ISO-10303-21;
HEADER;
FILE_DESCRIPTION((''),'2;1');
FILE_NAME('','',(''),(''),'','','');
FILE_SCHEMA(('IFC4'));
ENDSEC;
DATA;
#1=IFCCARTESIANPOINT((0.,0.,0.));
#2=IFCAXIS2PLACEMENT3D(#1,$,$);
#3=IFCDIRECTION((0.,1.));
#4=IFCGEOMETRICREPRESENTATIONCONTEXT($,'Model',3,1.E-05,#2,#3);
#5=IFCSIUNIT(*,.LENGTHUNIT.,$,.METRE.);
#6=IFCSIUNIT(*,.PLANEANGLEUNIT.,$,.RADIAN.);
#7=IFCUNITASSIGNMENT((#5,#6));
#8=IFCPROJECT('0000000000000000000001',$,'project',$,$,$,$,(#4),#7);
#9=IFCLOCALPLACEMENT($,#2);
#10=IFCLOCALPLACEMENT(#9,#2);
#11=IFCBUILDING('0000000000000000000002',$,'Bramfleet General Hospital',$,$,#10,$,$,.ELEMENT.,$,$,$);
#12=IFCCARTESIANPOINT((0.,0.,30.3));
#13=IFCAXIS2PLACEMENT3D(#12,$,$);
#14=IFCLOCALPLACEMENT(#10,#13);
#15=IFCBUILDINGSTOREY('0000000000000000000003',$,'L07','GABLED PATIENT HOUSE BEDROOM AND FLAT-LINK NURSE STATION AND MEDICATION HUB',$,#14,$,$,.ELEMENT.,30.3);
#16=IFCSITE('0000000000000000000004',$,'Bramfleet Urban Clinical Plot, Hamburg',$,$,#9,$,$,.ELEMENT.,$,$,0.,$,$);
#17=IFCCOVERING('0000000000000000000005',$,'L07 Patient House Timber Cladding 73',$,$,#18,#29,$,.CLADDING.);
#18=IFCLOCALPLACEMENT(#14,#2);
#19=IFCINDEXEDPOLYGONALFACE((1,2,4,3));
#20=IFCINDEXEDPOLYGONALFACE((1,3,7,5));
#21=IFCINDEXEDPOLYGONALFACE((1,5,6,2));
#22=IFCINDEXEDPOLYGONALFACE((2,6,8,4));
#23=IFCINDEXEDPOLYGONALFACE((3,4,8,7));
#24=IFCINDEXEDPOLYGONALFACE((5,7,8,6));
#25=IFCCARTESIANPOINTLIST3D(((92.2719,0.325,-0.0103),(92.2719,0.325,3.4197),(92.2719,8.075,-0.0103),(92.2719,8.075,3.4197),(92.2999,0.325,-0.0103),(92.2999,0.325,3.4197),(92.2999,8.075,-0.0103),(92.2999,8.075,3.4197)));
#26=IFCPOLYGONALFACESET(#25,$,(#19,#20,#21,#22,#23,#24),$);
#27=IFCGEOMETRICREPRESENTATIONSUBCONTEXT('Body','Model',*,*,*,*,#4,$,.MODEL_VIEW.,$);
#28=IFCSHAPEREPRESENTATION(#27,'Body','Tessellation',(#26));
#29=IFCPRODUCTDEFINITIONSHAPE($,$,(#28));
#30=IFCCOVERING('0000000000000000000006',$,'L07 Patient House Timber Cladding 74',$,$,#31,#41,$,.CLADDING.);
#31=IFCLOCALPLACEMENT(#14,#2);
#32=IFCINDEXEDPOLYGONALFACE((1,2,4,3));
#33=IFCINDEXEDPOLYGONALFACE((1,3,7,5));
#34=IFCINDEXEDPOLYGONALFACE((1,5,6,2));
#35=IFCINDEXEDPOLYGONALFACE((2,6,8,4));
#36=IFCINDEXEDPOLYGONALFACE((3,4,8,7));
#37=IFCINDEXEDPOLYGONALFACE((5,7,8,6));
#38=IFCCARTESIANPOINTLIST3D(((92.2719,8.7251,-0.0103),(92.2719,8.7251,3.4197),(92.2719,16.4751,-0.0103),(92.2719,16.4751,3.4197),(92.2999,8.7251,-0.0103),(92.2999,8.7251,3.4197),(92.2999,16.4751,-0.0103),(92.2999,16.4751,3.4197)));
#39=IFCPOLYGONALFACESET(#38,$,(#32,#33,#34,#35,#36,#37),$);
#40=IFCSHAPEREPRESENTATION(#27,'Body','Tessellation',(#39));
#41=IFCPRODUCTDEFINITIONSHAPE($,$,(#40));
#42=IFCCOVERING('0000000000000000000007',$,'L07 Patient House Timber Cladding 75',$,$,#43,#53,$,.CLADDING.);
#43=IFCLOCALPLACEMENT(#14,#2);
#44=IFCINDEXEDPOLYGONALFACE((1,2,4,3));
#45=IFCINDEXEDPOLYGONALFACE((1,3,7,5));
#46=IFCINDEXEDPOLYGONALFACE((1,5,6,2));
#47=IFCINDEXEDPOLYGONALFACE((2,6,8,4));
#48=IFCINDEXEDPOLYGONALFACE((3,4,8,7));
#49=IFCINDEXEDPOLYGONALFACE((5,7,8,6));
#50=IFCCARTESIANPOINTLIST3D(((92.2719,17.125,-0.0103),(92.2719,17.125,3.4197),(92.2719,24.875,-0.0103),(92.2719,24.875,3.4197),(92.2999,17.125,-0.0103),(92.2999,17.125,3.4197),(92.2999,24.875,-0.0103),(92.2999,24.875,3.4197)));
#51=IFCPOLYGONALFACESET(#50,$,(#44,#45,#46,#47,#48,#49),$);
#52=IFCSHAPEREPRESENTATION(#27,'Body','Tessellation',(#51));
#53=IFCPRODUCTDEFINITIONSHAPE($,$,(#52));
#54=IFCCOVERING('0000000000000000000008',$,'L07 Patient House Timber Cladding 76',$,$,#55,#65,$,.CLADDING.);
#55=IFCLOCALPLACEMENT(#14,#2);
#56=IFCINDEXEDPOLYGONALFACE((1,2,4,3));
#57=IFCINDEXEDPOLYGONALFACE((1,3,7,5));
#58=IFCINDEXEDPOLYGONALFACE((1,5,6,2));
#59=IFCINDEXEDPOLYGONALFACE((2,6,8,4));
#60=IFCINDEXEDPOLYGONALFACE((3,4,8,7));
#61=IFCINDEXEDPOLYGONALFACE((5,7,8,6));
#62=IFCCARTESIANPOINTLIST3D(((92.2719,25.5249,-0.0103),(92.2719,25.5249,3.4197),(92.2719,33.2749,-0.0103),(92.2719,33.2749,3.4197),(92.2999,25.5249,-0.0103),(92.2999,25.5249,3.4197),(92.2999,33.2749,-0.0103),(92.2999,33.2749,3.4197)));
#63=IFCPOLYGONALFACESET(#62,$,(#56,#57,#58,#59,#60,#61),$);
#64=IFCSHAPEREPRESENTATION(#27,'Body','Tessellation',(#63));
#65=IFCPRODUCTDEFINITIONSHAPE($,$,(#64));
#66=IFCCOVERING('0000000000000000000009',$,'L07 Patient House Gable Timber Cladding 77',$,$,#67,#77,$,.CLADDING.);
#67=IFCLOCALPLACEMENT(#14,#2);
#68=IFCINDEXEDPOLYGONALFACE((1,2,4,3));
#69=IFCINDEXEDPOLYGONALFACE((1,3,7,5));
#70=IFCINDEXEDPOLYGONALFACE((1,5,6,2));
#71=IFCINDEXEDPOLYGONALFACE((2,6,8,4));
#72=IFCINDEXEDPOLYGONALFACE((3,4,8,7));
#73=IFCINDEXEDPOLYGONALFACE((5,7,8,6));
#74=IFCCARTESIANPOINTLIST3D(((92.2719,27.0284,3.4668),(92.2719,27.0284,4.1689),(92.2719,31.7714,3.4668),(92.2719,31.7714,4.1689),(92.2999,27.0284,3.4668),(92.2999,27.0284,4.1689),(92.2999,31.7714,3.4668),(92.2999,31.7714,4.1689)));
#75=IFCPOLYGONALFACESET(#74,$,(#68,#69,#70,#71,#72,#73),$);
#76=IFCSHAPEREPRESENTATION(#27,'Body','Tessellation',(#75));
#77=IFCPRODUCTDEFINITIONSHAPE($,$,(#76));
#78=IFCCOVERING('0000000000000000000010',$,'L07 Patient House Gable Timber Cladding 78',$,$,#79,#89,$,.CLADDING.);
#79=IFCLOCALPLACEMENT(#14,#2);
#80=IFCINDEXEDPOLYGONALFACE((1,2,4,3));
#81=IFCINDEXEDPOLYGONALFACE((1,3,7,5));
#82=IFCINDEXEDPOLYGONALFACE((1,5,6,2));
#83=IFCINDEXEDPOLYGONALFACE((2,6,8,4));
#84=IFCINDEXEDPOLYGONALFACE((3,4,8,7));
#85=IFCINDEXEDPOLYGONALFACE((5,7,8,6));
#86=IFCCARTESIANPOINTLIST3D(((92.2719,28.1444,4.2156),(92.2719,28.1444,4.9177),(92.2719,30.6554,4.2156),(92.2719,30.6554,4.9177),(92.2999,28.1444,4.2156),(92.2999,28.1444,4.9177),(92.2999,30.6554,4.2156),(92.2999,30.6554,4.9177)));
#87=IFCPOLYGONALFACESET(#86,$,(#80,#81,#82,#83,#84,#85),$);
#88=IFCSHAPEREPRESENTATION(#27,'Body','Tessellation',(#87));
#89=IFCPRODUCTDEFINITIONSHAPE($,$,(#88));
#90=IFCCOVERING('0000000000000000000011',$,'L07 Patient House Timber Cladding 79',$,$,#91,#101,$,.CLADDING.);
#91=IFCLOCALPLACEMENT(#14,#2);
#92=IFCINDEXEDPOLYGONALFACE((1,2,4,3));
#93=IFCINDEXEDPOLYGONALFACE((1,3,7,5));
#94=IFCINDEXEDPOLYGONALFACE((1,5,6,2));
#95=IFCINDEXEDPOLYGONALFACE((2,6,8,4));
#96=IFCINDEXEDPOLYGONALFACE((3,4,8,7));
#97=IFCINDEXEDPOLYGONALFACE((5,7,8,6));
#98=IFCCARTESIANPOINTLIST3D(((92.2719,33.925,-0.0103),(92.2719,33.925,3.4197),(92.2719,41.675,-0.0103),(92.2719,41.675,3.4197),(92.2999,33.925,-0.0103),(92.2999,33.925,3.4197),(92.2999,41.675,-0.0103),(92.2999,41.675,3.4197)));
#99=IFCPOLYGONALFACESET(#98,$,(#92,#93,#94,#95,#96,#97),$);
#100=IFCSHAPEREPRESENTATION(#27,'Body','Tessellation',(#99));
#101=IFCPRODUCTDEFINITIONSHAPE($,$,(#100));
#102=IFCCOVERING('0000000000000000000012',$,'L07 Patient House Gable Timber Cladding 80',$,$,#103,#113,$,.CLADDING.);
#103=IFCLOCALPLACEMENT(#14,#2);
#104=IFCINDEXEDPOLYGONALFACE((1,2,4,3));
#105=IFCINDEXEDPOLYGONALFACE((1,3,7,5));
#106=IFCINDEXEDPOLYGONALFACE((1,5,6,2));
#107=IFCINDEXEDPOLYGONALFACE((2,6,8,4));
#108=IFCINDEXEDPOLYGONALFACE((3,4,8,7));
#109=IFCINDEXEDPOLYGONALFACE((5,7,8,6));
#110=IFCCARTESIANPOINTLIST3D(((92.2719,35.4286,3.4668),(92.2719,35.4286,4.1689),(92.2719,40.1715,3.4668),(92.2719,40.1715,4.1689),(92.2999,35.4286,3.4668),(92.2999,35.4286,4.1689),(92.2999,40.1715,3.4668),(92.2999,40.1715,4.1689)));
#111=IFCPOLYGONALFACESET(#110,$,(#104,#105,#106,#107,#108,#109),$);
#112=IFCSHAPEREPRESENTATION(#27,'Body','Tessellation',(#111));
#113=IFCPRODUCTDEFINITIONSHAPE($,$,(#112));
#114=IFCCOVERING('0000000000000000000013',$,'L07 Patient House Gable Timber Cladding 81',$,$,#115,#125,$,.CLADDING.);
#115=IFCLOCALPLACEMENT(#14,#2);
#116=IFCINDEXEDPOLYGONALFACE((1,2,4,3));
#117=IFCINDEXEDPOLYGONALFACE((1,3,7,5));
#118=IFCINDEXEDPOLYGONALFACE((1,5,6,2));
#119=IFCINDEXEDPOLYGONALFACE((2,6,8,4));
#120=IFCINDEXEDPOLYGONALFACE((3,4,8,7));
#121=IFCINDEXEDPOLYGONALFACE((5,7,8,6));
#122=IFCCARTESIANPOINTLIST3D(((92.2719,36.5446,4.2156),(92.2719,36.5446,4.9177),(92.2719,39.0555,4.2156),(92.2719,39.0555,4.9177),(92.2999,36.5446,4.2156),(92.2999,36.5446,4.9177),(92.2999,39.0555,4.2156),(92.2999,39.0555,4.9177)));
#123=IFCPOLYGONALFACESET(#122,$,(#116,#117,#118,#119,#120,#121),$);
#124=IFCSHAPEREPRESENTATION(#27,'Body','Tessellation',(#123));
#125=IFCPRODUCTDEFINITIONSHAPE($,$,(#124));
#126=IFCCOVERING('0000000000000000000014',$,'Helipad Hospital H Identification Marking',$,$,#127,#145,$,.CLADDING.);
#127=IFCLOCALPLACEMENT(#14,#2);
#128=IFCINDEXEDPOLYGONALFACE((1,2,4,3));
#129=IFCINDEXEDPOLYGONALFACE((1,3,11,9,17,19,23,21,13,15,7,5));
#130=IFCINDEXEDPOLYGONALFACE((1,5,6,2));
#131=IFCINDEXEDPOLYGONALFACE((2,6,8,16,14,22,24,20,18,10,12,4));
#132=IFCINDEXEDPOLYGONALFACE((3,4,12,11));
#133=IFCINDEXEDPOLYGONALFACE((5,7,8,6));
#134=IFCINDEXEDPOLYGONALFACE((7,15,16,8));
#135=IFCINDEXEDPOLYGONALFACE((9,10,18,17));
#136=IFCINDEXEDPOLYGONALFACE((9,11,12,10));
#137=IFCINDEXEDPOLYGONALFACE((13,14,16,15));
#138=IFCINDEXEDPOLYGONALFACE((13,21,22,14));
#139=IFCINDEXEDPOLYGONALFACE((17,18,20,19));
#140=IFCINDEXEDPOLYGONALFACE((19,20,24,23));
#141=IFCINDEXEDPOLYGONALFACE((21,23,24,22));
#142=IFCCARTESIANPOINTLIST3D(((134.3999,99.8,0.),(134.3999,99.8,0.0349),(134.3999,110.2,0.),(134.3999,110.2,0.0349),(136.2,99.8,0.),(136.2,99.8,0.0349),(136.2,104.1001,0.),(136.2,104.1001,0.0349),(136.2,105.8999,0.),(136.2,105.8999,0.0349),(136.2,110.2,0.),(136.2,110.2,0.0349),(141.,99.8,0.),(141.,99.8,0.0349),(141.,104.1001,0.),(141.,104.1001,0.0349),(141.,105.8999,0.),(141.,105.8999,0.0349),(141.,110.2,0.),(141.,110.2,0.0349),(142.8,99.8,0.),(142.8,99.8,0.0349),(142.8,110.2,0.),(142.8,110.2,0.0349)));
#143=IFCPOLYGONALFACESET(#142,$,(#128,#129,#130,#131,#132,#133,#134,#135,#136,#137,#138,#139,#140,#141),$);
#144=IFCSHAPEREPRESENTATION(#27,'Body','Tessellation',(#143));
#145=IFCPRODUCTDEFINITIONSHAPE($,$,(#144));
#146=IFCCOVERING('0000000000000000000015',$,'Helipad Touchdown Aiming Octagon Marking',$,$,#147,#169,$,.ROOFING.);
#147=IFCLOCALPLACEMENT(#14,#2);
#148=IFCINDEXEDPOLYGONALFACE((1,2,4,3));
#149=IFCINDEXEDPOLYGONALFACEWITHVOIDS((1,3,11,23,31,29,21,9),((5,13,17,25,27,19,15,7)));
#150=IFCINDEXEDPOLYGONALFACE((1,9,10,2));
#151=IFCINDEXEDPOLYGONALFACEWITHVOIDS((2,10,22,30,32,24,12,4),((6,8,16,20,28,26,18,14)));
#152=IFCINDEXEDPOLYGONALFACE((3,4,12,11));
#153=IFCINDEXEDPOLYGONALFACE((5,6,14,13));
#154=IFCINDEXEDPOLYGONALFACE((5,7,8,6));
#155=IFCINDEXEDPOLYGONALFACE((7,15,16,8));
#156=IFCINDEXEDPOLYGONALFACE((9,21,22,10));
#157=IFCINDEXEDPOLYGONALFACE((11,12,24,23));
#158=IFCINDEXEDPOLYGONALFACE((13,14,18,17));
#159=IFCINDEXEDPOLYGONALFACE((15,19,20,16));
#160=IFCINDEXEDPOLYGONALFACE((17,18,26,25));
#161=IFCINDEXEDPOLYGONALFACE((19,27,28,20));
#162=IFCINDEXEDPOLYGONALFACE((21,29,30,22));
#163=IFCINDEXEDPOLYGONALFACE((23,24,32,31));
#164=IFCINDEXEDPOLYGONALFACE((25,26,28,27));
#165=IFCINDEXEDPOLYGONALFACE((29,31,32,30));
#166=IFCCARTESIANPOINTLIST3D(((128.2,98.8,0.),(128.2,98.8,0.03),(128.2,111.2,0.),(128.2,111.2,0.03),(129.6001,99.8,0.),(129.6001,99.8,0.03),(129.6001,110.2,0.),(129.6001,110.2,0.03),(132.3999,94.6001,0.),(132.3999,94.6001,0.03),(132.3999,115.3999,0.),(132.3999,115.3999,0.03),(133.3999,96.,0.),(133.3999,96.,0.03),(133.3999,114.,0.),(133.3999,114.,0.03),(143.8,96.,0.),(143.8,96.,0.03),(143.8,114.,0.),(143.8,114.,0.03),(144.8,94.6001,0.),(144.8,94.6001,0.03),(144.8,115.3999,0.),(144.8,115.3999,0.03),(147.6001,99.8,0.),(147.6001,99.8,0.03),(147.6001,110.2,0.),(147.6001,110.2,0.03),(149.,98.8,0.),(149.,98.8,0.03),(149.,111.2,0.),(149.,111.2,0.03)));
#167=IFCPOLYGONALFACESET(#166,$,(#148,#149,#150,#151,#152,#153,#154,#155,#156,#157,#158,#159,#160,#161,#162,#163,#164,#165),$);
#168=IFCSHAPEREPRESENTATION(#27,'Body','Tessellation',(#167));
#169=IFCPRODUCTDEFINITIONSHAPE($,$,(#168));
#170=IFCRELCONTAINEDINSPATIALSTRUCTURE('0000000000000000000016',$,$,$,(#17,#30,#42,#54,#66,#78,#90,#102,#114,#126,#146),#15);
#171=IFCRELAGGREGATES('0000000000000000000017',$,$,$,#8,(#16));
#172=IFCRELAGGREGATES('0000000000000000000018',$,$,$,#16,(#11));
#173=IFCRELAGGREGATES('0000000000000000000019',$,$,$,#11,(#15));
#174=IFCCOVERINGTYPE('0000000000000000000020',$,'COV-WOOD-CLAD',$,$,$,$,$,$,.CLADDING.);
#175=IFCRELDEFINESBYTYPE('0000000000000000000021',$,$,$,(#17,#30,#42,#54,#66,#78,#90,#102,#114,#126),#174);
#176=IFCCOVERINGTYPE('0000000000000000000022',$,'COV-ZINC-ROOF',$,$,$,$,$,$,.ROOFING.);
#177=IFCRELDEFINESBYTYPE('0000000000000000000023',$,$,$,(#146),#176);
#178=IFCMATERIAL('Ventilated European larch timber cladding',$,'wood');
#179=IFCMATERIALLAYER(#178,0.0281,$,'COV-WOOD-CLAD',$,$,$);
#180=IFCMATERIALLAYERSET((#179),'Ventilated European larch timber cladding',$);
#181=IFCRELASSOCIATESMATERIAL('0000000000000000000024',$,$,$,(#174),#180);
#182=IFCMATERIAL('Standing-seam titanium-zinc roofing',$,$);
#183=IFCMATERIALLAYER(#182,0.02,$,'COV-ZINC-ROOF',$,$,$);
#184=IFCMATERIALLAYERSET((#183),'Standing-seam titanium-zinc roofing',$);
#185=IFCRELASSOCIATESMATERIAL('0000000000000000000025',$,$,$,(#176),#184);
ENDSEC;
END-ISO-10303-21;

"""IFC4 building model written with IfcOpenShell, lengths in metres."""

from ifc_helpers import new_model, si_unit, direction, frame, origin, origin_2d, place, context, subcontext, project, spatial, polyline, rectangle, outline, extrude, material, layer, layer_set, type_object, element, save


model = new_model("IFC4")

# Units and contexts
model_context = context("Model", 3, precision=1e-05, world=origin(), true_north=direction((0.0, 1.0)))
body_context = subcontext(model_context, "Body", "Model", "MODEL_VIEW")
ifc_project = project(units=[si_unit("LENGTHUNIT", "METRE"), si_unit("PLANEANGLEUNIT", "RADIAN")], contexts=[model_context])

# Site, building, storey
site_placement = place(None, origin())
site = spatial("IfcSite", under=ifc_project, at=site_placement, Name="Bramfleet Urban Clinical Plot, Hamburg", CompositionType="ELEMENT", RefElevation=0.0)
building_placement = place(site_placement, origin())
building = spatial("IfcBuilding", under=site, at=building_placement, Name="Bramfleet General Hospital", CompositionType="ELEMENT")
storey_placement = place(building_placement, frame((0.0, 0.0, 30.3)))
storey = spatial("IfcBuildingStorey", under=building, at=storey_placement, Name="L07", Description="GABLED PATIENT HOUSE BEDROOM AND FLAT-LINK NURSE STATION AND MEDICATION HUB", CompositionType="ELEMENT", Elevation=30.3)

# Coverings
ifc_material_1 = material(Name="Ventilated European larch timber cladding", Category="wood")
ifc_layer_1 = layer(ifc_material_1, 0.0281, Name="COV-WOOD-CLAD")
ifc_layer_set_1 = layer_set([ifc_layer_1], Name="Ventilated European larch timber cladding")
covering_type_1 = type_object("IfcCoveringType", Name="COV-WOOD-CLAD", PredefinedType="CLADDING", material=ifc_layer_set_1)
for number, where, z_axis, x_axis, name in (
    (1, (92.2859, 4.2, -0.0103), (0.0, 0.0, 1.0), (0.0, 1.0, 0.0), "L07 Patient House Timber Cladding 73"),
    (2, (92.2859, 12.6001, -0.0103), (0.0, 0.0, 1.0), (0.0, 1.0, 0.0), "L07 Patient House Timber Cladding 74"),
    (3, (92.2859, 21.0, -0.0103), (0.0, 0.0, 1.0), (0.0, 1.0, 0.0), "L07 Patient House Timber Cladding 75"),
    (4, (92.2859, 29.3999, -0.0103), (0.0, 0.0, 1.0), (0.0, 1.0, 0.0), "L07 Patient House Timber Cladding 76"),
):
    element("IfcCovering", number, at=place(storey_placement, frame(where, z_axis=z_axis, x_axis=x_axis)), inside=storey, type_object=covering_type_1, Name=name, PredefinedType="CLADDING", context=body_context, shape_type="SweptSolid", body=[
        extrude(rectangle(XDim=7.75, YDim=0.0281, at=origin_2d()), origin(), (0.0, 0.0, 1.0), 3.4299),
    ])
covering_1_placement = place(storey_placement, frame((92.2859, 29.3999, 3.4668), z_axis=(0.0, 0.0, 1.0), x_axis=(0.0, 1.0, 0.0)))
element("IfcCovering", 5, at=covering_1_placement, inside=storey, type_object=covering_type_1, Name="L07 Patient House Gable Timber Cladding 77", PredefinedType="CLADDING", context=body_context, shape_type="SweptSolid", body=[
    extrude(rectangle(XDim=4.7429, YDim=0.0281, at=origin_2d()), origin(), (0.0, 0.0, 1.0), 0.7021),
])
covering_2_placement = place(storey_placement, frame((92.2859, 29.3999, 4.2156), z_axis=(0.0, 0.0, 1.0), x_axis=(0.0, 1.0, 0.0)))
element("IfcCovering", 6, at=covering_2_placement, inside=storey, type_object=covering_type_1, Name="L07 Patient House Gable Timber Cladding 78", PredefinedType="CLADDING", context=body_context, shape_type="SweptSolid", body=[
    extrude(rectangle(XDim=2.511, YDim=0.0281, at=origin_2d()), origin(), (0.0, 0.0, 1.0), 0.7021),
])
covering_3_placement = place(storey_placement, frame((92.2859, 37.8, -0.0103), z_axis=(0.0, 0.0, 1.0), x_axis=(0.0, 1.0, 0.0)))
element("IfcCovering", 7, at=covering_3_placement, inside=storey, type_object=covering_type_1, Name="L07 Patient House Timber Cladding 79", PredefinedType="CLADDING", context=body_context, shape_type="SweptSolid", body=[
    extrude(rectangle(XDim=7.75, YDim=0.0281, at=origin_2d()), origin(), (0.0, 0.0, 1.0), 3.4299),
])
covering_4_placement = place(storey_placement, frame((92.2859, 37.8, 3.4668), z_axis=(0.0, 0.0, 1.0), x_axis=(0.0, 1.0, 0.0)))
element("IfcCovering", 8, at=covering_4_placement, inside=storey, type_object=covering_type_1, Name="L07 Patient House Gable Timber Cladding 80", PredefinedType="CLADDING", context=body_context, shape_type="SweptSolid", body=[
    extrude(rectangle(XDim=4.7429, YDim=0.0281, at=origin_2d()), origin(), (0.0, 0.0, 1.0), 0.7021),
])
covering_5_placement = place(storey_placement, frame((92.2859, 37.8, 4.2156), z_axis=(0.0, 0.0, 1.0), x_axis=(0.0, 1.0, 0.0)))
element("IfcCovering", 9, at=covering_5_placement, inside=storey, type_object=covering_type_1, Name="L07 Patient House Gable Timber Cladding 81", PredefinedType="CLADDING", context=body_context, shape_type="SweptSolid", body=[
    extrude(rectangle(XDim=2.511, YDim=0.0281, at=origin_2d()), origin(), (0.0, 0.0, 1.0), 0.7021),
])
covering_6_placement = place(storey_placement, origin())
element("IfcCovering", 10, at=covering_6_placement, inside=storey, type_object=covering_type_1, Name="Helipad Hospital H Identification Marking", PredefinedType="CLADDING", context=body_context, shape_type="SweptSolid", body=[
    extrude(outline(polyline([(136.2, 99.8), (134.3999, 99.8), (134.3999, 110.2), (136.2, 110.2), (136.2, 105.8999), (141.0, 105.8999), (141.0, 110.2), (142.8, 110.2), (142.8, 99.8), (141.0, 99.8), (141.0, 104.1001), (136.2, 104.1001), (136.2, 99.8)])), origin(), (0.0, 0.0, 1.0), 0.0349),
])
ifc_material_2 = material(Name="Standing-seam titanium-zinc roofing")
ifc_layer_2 = layer(ifc_material_2, 0.02, Name="COV-ZINC-ROOF")
ifc_layer_set_2 = layer_set([ifc_layer_2], Name="Standing-seam titanium-zinc roofing")
covering_type_2 = type_object("IfcCoveringType", Name="COV-ZINC-ROOF", PredefinedType="ROOFING", material=ifc_layer_set_2)
covering_7_placement = place(storey_placement, origin())
element("IfcCovering", 11, at=covering_7_placement, inside=storey, type_object=covering_type_2, Name="Helipad Touchdown Aiming Octagon Marking", PredefinedType="ROOFING", context=body_context, shape_type="SweptSolid", body=[
    extrude(outline(polyline([(132.3999, 94.6001), (144.8, 94.6001), (149.0, 98.8), (149.0, 111.2), (144.8, 115.3999), (132.3999, 115.3999), (128.2, 111.2), (128.2, 98.8), (132.3999, 94.6001)]), holes=[polyline([(133.3999, 96.0), (143.8, 96.0), (147.6001, 99.8), (147.6001, 110.2), (143.8, 114.0), (133.3999, 114.0), (129.6001, 110.2), (129.6001, 99.8), (133.3999, 96.0)])]), origin(), (0.0, 0.0, 1.0), 0.03),
])

save(model, "model.ifc")
